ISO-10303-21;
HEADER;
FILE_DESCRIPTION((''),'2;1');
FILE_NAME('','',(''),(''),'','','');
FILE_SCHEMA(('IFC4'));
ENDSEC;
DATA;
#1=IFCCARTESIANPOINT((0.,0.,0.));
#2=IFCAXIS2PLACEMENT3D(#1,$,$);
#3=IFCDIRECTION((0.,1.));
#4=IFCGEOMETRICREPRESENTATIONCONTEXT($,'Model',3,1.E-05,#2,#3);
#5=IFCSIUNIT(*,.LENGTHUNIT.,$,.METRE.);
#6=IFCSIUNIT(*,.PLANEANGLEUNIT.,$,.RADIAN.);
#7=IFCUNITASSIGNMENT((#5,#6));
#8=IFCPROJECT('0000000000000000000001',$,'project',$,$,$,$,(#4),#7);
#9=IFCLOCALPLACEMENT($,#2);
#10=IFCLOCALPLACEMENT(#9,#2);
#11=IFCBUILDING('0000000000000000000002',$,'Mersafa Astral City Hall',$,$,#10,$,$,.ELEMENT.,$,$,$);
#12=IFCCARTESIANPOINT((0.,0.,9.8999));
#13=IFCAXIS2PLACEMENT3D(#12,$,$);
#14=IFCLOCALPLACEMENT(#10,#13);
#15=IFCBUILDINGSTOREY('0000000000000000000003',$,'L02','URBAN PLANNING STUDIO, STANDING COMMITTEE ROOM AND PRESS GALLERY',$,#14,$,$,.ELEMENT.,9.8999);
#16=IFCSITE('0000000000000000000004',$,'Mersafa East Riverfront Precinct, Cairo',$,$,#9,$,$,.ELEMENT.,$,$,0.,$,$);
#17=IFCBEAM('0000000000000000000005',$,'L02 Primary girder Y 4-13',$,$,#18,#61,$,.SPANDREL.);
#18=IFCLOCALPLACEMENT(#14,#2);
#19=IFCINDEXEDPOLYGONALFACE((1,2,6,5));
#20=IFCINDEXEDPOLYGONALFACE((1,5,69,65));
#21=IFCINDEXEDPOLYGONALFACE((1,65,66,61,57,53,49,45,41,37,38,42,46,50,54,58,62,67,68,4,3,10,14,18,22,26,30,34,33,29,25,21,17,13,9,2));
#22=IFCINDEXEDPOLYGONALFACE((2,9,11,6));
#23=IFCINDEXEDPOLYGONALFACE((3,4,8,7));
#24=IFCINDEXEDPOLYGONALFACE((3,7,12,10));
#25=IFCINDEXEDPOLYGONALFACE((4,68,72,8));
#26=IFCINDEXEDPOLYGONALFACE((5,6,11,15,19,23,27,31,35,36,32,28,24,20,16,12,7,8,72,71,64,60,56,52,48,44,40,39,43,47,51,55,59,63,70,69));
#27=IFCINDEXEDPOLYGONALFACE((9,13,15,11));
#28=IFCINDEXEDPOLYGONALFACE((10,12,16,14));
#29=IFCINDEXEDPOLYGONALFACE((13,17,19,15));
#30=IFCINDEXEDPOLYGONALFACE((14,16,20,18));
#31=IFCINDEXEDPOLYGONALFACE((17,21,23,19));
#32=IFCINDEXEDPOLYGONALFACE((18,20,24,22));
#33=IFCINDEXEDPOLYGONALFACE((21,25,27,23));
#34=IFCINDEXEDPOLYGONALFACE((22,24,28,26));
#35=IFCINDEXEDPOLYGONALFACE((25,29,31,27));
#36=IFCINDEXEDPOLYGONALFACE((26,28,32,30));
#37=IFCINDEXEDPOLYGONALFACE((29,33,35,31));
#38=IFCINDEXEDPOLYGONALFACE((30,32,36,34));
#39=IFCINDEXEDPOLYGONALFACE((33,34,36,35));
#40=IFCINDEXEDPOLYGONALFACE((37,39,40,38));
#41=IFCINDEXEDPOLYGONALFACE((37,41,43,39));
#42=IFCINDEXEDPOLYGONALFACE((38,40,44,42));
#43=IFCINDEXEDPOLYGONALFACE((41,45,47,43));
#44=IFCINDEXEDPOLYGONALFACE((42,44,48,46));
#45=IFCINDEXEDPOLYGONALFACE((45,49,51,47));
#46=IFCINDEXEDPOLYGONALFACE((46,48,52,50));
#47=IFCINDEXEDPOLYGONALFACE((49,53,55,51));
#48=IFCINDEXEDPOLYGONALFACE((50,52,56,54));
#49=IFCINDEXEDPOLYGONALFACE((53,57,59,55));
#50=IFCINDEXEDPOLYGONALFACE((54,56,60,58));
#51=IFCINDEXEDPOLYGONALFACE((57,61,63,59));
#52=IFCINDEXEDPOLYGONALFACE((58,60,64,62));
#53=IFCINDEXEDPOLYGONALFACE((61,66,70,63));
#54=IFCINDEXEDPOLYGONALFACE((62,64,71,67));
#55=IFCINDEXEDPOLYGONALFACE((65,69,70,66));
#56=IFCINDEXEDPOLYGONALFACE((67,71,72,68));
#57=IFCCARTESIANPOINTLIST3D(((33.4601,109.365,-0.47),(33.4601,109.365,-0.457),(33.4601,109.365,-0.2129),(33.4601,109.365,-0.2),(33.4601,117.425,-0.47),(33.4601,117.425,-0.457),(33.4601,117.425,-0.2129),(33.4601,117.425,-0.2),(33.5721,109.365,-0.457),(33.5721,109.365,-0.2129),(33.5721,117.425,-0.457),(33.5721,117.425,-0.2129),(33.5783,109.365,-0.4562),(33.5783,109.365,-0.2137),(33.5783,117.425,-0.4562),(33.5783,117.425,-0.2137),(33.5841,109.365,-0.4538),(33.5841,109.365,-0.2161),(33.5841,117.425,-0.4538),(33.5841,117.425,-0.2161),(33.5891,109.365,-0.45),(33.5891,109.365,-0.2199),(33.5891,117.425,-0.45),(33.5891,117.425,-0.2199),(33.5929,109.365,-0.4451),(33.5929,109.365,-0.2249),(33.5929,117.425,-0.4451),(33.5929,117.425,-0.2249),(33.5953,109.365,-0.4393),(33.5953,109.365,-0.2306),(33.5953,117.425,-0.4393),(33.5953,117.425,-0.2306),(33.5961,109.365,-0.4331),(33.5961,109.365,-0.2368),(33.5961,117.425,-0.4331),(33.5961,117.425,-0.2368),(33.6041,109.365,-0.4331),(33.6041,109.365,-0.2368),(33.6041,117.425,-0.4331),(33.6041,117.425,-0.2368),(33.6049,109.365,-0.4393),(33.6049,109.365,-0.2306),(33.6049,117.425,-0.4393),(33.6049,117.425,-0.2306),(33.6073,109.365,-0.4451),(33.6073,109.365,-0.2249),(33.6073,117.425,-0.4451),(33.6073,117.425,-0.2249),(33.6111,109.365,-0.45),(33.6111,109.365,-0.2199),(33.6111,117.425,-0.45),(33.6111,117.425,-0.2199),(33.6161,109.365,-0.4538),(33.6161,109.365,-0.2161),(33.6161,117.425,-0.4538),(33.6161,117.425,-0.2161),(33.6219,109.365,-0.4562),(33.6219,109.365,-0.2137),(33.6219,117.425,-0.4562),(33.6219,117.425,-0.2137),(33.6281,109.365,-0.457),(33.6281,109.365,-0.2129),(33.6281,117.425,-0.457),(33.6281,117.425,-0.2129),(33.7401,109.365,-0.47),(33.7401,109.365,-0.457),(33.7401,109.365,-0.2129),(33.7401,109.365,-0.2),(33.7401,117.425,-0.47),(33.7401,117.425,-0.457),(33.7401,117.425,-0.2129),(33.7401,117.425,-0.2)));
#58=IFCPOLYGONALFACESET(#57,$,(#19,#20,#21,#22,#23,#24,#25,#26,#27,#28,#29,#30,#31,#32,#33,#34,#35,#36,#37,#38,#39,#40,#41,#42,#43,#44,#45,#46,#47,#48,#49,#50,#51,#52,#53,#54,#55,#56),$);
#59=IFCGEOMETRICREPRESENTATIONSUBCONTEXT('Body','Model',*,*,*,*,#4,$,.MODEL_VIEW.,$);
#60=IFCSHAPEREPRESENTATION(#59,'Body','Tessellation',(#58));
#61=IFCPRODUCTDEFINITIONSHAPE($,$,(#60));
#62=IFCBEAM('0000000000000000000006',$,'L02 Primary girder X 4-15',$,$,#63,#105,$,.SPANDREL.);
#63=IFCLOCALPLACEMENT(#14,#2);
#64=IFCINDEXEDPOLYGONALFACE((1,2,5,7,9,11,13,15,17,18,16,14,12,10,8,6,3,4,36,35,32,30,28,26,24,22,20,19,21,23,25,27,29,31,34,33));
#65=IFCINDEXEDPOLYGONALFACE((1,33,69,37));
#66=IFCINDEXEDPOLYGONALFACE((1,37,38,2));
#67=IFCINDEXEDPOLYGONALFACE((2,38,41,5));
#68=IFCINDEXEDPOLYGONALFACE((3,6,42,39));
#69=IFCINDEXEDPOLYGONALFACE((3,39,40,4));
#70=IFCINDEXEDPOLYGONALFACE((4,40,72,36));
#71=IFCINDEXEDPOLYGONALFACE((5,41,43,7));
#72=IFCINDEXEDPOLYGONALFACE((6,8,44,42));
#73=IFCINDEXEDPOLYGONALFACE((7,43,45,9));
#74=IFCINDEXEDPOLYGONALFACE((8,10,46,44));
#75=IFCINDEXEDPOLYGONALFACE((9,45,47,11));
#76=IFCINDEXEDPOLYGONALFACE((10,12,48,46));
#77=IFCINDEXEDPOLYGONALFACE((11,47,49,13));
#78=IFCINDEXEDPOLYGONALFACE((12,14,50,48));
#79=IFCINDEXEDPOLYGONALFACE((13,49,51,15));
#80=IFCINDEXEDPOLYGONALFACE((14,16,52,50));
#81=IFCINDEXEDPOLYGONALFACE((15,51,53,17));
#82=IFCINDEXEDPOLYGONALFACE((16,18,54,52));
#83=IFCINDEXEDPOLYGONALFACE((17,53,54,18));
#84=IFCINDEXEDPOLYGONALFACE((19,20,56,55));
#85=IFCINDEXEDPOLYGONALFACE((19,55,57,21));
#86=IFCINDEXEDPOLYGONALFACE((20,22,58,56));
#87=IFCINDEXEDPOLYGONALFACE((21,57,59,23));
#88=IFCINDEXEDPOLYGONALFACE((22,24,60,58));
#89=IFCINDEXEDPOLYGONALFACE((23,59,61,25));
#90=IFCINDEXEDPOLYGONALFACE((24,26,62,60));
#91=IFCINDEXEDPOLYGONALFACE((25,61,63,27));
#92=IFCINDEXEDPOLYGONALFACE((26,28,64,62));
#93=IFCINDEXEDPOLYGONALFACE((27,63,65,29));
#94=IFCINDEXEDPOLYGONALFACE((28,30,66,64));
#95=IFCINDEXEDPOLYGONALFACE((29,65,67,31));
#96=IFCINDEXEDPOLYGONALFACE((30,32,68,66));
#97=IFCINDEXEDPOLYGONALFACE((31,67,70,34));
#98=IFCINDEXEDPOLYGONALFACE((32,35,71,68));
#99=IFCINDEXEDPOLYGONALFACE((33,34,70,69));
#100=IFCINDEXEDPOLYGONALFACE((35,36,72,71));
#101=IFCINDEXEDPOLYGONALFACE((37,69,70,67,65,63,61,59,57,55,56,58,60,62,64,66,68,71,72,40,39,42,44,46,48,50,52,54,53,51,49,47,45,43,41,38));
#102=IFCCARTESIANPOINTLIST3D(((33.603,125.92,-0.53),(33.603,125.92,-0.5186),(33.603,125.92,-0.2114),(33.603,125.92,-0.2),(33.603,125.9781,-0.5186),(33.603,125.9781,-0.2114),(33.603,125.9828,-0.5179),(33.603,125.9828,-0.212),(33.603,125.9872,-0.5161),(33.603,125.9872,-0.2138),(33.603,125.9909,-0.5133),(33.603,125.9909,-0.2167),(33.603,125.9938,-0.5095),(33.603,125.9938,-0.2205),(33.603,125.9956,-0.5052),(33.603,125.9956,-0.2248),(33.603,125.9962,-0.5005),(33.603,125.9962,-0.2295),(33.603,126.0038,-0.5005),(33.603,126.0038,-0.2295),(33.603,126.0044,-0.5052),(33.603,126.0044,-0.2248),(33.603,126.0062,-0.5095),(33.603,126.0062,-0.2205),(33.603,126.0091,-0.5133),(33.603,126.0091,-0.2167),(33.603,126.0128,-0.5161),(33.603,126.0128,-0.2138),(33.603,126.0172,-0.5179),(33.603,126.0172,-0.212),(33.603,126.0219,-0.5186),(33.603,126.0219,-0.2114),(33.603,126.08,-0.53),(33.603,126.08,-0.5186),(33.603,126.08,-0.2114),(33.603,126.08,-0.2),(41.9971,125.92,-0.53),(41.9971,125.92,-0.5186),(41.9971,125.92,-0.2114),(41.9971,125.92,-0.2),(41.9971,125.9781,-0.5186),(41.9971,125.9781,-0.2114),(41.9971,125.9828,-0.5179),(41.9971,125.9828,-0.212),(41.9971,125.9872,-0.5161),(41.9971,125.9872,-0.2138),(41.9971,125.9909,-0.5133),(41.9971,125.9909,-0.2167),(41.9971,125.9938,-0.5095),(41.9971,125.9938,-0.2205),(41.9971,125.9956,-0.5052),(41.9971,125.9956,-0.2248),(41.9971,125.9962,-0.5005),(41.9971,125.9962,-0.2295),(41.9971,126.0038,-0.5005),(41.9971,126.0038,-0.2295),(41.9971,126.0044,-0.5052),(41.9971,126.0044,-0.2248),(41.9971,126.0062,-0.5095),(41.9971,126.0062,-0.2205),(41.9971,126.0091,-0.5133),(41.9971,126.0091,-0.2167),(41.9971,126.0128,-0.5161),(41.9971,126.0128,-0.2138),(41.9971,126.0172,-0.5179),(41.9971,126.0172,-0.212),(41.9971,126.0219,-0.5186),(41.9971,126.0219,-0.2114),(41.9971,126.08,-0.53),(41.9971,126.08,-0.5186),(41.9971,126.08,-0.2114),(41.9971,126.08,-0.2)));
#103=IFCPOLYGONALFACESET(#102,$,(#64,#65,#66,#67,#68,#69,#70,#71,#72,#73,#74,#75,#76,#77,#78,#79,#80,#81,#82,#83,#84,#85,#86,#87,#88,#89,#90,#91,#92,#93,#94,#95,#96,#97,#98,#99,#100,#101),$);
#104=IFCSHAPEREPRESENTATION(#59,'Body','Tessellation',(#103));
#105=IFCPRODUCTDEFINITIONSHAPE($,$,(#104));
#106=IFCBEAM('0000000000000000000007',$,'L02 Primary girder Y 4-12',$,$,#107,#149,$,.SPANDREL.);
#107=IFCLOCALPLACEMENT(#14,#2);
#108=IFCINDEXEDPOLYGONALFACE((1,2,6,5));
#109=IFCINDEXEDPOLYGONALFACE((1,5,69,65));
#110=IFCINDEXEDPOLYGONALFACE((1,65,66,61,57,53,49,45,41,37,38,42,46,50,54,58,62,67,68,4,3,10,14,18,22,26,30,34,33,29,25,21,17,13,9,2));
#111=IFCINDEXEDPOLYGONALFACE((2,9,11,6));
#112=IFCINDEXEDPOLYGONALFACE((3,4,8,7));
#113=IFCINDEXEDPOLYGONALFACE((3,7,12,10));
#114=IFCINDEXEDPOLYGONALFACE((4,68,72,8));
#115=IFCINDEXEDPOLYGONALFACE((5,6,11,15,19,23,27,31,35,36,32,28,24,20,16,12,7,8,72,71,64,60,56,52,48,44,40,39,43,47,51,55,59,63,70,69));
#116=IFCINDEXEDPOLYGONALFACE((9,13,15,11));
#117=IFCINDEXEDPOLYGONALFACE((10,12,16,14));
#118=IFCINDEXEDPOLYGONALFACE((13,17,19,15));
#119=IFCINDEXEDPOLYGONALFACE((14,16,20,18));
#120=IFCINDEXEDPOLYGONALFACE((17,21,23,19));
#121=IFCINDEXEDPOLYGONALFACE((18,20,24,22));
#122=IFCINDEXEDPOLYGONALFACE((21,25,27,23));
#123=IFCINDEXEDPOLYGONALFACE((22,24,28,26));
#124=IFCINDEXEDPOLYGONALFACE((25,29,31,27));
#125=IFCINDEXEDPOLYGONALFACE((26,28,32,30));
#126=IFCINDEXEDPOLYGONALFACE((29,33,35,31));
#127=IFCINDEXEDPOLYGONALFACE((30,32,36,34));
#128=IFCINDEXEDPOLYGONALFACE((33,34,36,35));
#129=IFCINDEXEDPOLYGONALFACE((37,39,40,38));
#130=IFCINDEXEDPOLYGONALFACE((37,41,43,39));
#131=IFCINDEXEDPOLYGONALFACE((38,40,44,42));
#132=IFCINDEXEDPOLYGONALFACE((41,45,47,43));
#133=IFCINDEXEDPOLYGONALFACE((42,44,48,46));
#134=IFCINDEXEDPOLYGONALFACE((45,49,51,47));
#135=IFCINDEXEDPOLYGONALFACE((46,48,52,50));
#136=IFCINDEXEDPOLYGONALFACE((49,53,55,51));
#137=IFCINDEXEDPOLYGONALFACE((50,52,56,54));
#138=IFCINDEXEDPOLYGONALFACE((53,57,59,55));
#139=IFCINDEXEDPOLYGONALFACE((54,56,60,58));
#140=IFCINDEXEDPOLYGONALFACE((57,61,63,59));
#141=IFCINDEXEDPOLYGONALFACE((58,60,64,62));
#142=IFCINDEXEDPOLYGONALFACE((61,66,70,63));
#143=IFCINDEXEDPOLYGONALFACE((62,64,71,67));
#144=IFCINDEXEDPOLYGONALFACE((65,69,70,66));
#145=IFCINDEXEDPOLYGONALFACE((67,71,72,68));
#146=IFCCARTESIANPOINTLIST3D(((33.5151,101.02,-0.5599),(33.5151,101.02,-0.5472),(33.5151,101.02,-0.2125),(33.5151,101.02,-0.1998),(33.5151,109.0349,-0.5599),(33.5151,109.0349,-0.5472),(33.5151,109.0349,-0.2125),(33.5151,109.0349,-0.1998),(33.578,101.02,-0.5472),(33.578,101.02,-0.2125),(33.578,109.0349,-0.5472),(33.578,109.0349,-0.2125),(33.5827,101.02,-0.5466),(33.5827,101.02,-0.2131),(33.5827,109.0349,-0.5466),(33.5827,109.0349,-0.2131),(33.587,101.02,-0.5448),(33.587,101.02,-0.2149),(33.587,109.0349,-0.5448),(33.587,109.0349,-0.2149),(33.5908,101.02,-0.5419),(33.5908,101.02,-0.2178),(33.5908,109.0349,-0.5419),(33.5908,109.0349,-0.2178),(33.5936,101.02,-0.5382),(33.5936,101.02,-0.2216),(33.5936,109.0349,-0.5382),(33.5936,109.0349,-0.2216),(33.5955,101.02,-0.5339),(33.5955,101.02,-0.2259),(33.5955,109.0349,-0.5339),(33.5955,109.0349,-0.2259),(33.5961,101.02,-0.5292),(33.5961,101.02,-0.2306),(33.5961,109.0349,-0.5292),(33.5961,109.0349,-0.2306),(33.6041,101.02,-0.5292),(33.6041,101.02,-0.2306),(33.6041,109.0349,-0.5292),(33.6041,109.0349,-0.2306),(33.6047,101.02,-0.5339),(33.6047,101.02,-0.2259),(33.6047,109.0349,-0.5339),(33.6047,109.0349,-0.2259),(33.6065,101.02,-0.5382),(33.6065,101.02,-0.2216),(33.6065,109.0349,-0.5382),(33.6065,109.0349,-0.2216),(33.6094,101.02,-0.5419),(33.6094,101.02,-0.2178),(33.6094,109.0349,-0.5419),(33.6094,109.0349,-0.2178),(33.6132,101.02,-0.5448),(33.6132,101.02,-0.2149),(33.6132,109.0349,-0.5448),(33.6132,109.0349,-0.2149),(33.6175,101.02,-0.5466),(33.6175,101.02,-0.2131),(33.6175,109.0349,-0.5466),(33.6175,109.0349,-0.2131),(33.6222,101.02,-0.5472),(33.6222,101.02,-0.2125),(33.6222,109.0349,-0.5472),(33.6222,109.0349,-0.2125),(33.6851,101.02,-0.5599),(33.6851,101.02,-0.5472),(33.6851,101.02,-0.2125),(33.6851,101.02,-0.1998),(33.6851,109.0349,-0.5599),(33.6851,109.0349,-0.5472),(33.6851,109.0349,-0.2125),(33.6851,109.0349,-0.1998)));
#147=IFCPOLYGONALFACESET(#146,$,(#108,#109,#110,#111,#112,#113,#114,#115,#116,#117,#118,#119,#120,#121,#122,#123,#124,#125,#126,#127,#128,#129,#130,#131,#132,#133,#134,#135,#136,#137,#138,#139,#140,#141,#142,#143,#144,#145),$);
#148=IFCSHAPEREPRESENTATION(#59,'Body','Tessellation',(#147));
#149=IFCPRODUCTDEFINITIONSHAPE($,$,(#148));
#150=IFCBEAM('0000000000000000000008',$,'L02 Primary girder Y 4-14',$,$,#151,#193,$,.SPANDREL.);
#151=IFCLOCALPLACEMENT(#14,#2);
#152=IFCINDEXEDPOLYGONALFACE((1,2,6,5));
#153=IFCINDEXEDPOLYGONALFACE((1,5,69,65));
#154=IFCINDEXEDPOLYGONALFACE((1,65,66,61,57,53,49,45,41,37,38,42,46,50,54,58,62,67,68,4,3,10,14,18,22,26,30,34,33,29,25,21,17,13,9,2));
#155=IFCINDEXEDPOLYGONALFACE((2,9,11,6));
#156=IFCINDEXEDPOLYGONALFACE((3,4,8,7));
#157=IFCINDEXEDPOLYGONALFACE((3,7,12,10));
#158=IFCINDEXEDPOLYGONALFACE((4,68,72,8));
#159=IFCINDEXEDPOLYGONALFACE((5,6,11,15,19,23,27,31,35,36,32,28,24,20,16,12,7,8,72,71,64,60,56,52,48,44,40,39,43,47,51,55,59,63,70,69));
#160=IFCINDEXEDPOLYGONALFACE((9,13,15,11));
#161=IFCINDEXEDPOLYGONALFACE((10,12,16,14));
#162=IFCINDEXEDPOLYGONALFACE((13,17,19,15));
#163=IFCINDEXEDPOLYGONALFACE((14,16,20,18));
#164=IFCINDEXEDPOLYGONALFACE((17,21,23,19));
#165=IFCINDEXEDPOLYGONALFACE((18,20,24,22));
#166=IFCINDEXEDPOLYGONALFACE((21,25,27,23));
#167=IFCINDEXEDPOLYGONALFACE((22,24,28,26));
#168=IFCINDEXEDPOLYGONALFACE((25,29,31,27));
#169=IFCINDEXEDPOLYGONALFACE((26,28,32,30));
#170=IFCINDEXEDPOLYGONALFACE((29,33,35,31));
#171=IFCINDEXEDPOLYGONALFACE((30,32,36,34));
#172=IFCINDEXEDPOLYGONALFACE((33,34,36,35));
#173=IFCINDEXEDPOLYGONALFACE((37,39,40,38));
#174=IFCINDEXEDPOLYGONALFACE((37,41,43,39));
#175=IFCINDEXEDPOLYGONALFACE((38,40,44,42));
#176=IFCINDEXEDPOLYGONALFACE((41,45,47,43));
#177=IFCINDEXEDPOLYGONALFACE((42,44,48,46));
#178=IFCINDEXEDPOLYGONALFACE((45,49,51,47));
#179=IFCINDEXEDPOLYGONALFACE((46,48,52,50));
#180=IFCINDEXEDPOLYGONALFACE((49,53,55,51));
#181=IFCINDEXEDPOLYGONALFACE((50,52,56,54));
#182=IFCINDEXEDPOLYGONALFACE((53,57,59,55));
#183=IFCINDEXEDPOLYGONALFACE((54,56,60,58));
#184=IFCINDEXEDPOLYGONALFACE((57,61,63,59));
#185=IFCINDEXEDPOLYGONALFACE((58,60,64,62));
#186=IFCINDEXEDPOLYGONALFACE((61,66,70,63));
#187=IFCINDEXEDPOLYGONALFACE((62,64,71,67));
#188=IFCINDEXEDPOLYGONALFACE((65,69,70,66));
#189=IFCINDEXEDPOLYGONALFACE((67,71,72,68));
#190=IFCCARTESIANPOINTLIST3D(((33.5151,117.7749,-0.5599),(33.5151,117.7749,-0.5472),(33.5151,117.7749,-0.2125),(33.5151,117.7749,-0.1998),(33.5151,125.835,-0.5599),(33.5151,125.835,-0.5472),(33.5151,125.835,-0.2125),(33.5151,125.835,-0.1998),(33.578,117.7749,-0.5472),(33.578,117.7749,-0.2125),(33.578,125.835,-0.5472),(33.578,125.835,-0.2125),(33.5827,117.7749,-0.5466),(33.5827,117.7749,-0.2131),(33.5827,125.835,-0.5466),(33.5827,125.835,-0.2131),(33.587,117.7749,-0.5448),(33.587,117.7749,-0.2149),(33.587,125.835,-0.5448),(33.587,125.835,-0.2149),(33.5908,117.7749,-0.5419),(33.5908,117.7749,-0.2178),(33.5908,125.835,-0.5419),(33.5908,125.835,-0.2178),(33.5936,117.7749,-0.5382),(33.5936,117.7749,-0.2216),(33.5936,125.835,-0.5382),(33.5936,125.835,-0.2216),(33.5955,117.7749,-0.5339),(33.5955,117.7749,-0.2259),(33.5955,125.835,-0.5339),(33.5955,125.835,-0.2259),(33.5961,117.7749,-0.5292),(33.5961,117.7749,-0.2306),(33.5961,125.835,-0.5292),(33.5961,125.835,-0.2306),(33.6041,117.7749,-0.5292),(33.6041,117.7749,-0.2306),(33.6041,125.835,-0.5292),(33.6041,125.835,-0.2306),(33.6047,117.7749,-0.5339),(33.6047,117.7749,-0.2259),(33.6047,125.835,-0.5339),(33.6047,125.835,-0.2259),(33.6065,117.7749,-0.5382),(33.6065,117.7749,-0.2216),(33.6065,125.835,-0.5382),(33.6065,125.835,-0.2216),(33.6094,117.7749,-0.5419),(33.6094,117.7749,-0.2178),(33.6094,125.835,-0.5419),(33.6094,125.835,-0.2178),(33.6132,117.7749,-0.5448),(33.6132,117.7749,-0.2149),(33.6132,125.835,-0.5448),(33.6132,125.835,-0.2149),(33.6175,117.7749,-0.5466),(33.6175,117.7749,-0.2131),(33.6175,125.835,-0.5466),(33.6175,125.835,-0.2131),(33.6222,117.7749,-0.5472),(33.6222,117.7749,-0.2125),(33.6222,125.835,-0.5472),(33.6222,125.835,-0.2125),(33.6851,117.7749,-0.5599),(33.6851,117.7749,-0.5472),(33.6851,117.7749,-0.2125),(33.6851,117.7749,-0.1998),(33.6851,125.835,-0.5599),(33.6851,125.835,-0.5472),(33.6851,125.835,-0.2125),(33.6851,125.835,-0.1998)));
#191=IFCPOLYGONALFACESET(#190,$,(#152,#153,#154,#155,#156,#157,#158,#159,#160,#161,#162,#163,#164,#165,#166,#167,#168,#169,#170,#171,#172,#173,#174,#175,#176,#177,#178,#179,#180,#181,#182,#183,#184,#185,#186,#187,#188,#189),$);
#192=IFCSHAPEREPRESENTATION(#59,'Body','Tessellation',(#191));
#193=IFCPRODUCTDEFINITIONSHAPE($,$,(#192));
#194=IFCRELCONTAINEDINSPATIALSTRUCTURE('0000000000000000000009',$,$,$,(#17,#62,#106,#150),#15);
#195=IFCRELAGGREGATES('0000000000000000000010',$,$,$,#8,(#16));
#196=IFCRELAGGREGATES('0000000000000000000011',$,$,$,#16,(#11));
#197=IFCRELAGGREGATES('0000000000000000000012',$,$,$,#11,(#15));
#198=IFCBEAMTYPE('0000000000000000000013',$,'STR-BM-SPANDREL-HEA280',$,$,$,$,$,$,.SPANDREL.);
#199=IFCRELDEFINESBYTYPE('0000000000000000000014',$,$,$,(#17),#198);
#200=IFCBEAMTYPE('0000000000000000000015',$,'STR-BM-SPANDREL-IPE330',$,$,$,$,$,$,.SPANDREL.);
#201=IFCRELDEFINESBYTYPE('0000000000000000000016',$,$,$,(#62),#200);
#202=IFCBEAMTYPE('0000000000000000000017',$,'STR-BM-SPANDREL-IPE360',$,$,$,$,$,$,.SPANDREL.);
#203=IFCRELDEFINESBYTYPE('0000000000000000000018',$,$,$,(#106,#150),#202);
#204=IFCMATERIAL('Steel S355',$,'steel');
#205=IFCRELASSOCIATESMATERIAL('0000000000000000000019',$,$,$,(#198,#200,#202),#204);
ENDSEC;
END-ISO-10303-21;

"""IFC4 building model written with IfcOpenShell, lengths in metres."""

from ifc_helpers import new_model, si_unit, direction, frame, origin, origin_2d, place, context, subcontext, project, spatial, i_section, extrude, material, material_profile, profile_set, type_object, element, save


model = new_model("IFC4")

# Units and contexts
model_context = context("Model", 3, precision=1e-05, world=origin(), true_north=direction((0.0, 1.0)))
body_context = subcontext(model_context, "Body", "Model", "MODEL_VIEW")
ifc_project = project(units=[si_unit("LENGTHUNIT", "METRE"), si_unit("PLANEANGLEUNIT", "RADIAN")], contexts=[model_context])

# Site, building, storey
site_placement = place(None, origin())
site = spatial("IfcSite", under=ifc_project, at=site_placement, Name="Mersafa East Riverfront Precinct, Cairo", CompositionType="ELEMENT", RefElevation=0.0)
building_placement = place(site_placement, origin())
building = spatial("IfcBuilding", under=site, at=building_placement, Name="Mersafa Astral City Hall", CompositionType="ELEMENT")
storey_placement = place(building_placement, frame((0.0, 0.0, 9.8999)))
storey = spatial("IfcBuildingStorey", under=building, at=storey_placement, Name="L02", Description="URBAN PLANNING STUDIO, STANDING COMMITTEE ROOM AND PRESS GALLERY", CompositionType="ELEMENT", Elevation=9.8999)

# Shared definitions
ifc_material_1 = material(Name="Steel S355", Category="steel")

# Beams
ifc_material_profile_1 = material_profile(ifc_material_1, i_section(OverallWidth=0.28, OverallDepth=0.27, WebThickness=0.0081, FlangeThickness=0.0129, FilletRadius=0.0239, at=origin_2d()), Name="HEA 280")
ifc_profile_set_1 = profile_set([ifc_material_profile_1], Name="Steel S355")
beam_type_1 = type_object("IfcBeamType", Name="STR-BM-SPANDREL-HEA280", PredefinedType="SPANDREL", material=ifc_profile_set_1)
beam_1_placement = place(storey_placement, frame((33.6001, 109.365, -0.335), z_axis=(0.0, 1.0, 0.0), x_axis=(-1.0, 0.0, 0.0)))
element("IfcBeam", 1, at=beam_1_placement, inside=storey, type_object=beam_type_1, Name="L02 Primary girder Y 4-13", PredefinedType="SPANDREL", context=body_context, shape_type="SweptSolid", body=[
    extrude(i_section(OverallWidth=0.28, OverallDepth=0.27, WebThickness=0.0081, FlangeThickness=0.0129, FilletRadius=0.0239, at=origin_2d()), origin(), (0.0, 0.0, 1.0), 8.0601),
])
ifc_material_profile_2 = material_profile(ifc_material_1, i_section(OverallWidth=0.1599, OverallDepth=0.3301, WebThickness=0.0076, FlangeThickness=0.0115, FilletRadius=0.0181, at=origin_2d()), Name="IPE 330")
ifc_profile_set_2 = profile_set([ifc_material_profile_2], Name="Steel S355")
beam_type_2 = type_object("IfcBeamType", Name="STR-BM-SPANDREL-IPE330", PredefinedType="SPANDREL", material=ifc_profile_set_2)
beam_2_placement = place(storey_placement, frame((33.603, 126.0, -0.365), z_axis=(1.0, 0.0, 0.0), x_axis=(0.0, 1.0, 0.0)))
element("IfcBeam", 2, at=beam_2_placement, inside=storey, type_object=beam_type_2, Name="L02 Primary girder X 4-15", PredefinedType="SPANDREL", context=body_context, shape_type="SweptSolid", body=[
    extrude(i_section(OverallWidth=0.1599, OverallDepth=0.3301, WebThickness=0.0076, FlangeThickness=0.0115, FilletRadius=0.0181, at=origin_2d()), origin(), (0.0, 0.0, 1.0), 8.394),
])
ifc_material_profile_3 = material_profile(ifc_material_1, i_section(OverallWidth=0.1699, OverallDepth=0.3601, WebThickness=0.0081, FlangeThickness=0.0127, FilletRadius=0.0181, at=origin_2d()), Name="IPE 360")
ifc_profile_set_3 = profile_set([ifc_material_profile_3], Name="Steel S355")
beam_type_3 = type_object("IfcBeamType", Name="STR-BM-SPANDREL-IPE360", PredefinedType="SPANDREL", material=ifc_profile_set_3)
beam_3_placement = place(storey_placement, frame((33.6001, 101.02, -0.3799), z_axis=(0.0, 1.0, 0.0), x_axis=(-1.0, 0.0, 0.0)))
element("IfcBeam", 3, at=beam_3_placement, inside=storey, type_object=beam_type_3, Name="L02 Primary girder Y 4-12", PredefinedType="SPANDREL", context=body_context, shape_type="SweptSolid", body=[
    extrude(i_section(OverallWidth=0.1699, OverallDepth=0.3601, WebThickness=0.0081, FlangeThickness=0.0127, FilletRadius=0.0181, at=origin_2d()), origin(), (0.0, 0.0, 1.0), 8.0149),
])
beam_4_placement = place(storey_placement, frame((33.6001, 117.7749, -0.3799), z_axis=(0.0, 1.0, 0.0), x_axis=(-1.0, 0.0, 0.0)))
element("IfcBeam", 4, at=beam_4_placement, inside=storey, type_object=beam_type_3, Name="L02 Primary girder Y 4-14", PredefinedType="SPANDREL", context=body_context, shape_type="SweptSolid", body=[
    extrude(i_section(OverallWidth=0.1699, OverallDepth=0.3601, WebThickness=0.0081, FlangeThickness=0.0127, FilletRadius=0.0181, at=origin_2d()), origin(), (0.0, 0.0, 1.0), 8.0601),
])

save(model, "model.ifc")
